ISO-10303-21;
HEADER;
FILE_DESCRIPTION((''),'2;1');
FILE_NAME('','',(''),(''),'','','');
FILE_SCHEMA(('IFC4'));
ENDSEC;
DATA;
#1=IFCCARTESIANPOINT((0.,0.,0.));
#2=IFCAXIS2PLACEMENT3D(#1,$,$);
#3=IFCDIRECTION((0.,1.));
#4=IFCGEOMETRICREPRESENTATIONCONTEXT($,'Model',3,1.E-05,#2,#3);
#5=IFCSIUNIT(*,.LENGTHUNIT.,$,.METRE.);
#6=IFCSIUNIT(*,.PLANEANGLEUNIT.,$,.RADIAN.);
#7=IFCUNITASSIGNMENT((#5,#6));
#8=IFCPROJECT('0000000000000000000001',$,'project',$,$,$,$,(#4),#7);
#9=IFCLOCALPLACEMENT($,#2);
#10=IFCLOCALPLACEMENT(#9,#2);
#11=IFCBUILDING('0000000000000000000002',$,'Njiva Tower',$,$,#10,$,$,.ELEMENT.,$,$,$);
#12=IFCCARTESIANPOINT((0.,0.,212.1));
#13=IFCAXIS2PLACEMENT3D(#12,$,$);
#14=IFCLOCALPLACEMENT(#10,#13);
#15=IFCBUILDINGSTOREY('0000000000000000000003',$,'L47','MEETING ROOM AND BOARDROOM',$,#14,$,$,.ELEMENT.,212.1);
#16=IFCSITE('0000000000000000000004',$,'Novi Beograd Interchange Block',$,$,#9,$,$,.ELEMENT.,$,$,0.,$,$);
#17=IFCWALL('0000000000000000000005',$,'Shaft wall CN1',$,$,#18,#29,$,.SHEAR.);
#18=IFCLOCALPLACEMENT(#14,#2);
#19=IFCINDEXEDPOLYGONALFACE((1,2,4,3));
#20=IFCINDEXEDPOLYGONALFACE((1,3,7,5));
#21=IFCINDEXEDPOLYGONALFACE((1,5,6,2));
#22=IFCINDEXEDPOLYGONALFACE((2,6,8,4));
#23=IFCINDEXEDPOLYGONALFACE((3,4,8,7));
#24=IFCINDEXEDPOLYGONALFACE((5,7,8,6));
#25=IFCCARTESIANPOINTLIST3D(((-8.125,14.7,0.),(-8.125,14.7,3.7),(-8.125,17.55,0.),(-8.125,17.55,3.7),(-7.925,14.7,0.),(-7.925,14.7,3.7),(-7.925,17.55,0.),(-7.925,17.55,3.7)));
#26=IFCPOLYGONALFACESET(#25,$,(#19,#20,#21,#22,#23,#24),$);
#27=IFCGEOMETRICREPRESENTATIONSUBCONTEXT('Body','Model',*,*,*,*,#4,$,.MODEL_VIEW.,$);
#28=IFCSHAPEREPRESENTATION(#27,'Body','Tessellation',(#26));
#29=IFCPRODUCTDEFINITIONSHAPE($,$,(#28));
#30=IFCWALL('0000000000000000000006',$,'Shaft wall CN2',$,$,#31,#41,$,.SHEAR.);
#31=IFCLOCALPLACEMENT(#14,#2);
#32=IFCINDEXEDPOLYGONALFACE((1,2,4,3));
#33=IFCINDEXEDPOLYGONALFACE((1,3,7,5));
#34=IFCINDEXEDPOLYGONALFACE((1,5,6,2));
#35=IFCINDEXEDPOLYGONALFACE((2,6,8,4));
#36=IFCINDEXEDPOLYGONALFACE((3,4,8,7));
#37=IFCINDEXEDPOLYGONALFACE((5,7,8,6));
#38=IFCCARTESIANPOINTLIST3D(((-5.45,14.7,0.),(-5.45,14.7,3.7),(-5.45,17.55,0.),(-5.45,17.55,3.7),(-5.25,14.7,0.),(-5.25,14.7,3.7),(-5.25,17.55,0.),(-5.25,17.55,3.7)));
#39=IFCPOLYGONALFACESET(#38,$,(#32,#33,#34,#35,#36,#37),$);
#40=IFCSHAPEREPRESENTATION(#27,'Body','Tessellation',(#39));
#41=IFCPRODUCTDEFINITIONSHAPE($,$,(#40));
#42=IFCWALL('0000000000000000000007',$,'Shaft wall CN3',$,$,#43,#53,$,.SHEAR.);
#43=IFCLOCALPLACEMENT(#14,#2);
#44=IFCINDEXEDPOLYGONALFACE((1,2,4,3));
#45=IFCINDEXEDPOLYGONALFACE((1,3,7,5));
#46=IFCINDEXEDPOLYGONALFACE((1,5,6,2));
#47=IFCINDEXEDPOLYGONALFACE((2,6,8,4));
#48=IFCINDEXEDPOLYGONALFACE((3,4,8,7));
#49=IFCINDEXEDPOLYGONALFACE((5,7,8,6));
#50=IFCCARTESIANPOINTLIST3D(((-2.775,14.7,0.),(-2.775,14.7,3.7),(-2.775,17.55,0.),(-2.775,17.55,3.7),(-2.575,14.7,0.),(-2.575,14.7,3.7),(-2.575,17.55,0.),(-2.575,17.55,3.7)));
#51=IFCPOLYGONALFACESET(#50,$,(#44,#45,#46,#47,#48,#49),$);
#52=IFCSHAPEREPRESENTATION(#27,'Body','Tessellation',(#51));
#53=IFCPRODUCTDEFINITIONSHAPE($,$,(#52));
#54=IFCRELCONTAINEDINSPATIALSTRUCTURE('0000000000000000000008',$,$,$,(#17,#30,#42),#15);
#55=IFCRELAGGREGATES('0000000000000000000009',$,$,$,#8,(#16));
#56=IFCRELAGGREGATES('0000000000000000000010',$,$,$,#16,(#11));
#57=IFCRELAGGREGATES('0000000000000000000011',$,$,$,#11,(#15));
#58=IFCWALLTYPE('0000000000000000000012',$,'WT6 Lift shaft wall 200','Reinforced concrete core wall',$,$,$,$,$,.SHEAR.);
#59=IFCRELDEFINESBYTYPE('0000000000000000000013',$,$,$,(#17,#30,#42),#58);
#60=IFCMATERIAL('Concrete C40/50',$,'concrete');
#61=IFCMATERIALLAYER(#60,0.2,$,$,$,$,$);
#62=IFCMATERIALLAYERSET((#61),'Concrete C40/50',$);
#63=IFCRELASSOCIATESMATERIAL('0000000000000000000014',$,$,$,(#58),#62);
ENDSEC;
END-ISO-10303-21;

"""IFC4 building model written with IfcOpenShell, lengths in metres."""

from ifc_helpers import new_model, si_unit, direction, frame, frame_2d, origin, place, context, subcontext, project, spatial, rectangle, extrude, material, layer, layer_set, type_object, element, save


model = new_model("IFC4")

# Units and contexts
model_context = context("Model", 3, precision=1e-05, world=origin(), true_north=direction((0.0, 1.0)))
body_context = subcontext(model_context, "Body", "Model", "MODEL_VIEW")
ifc_project = project(units=[si_unit("LENGTHUNIT", "METRE"), si_unit("PLANEANGLEUNIT", "RADIAN")], contexts=[model_context])

# Site, building, storey
site_placement = place(None, origin())
site = spatial("IfcSite", under=ifc_project, at=site_placement, Name="Novi Beograd Interchange Block", CompositionType="ELEMENT", RefElevation=0.0)
building_placement = place(site_placement, origin())
building = spatial("IfcBuilding", under=site, at=building_placement, Name="Njiva Tower", CompositionType="ELEMENT")
storey_placement = place(building_placement, frame((0.0, 0.0, 212.1)))
storey = spatial("IfcBuildingStorey", under=building, at=storey_placement, Name="L47", Description="MEETING ROOM AND BOARDROOM", CompositionType="ELEMENT", Elevation=212.1)

# Walls
ifc_material_1 = material(Name="Concrete C40/50", Category="concrete")
ifc_layer_1 = layer(ifc_material_1, 0.2)
ifc_layer_set_1 = layer_set([ifc_layer_1], Name="Concrete C40/50")
wall_type_1 = type_object("IfcWallType", Name="WT6 Lift shaft wall 200", Description="Reinforced concrete core wall", PredefinedType="SHEAR", material=ifc_layer_set_1)
for number, where, z_axis, x_axis, name in (
    (1, (-8.025, 14.7, 0.0), (0.0, 0.0, 1.0), (0.0, 1.0, 0.0), "Shaft wall CN1"),
    (2, (-5.35, 14.7, 0.0), (0.0, 0.0, 1.0), (0.0, 1.0, 0.0), "Shaft wall CN2"),
    (3, (-2.675, 14.7, 0.0), (0.0, 0.0, 1.0), (0.0, 1.0, 0.0), "Shaft wall CN3"),
):
    element("IfcWall", number, at=place(storey_placement, frame(where, z_axis=z_axis, x_axis=x_axis)), inside=storey, type_object=wall_type_1, Name=name, PredefinedType="SHEAR", context=body_context, shape_type="SweptSolid", body=[
        extrude(rectangle(XDim=2.85, YDim=0.2, at=frame_2d((1.425, 0.0))), origin(), (0.0, 0.0, 1.0), 3.7),
    ])

save(model, "model.ifc")
